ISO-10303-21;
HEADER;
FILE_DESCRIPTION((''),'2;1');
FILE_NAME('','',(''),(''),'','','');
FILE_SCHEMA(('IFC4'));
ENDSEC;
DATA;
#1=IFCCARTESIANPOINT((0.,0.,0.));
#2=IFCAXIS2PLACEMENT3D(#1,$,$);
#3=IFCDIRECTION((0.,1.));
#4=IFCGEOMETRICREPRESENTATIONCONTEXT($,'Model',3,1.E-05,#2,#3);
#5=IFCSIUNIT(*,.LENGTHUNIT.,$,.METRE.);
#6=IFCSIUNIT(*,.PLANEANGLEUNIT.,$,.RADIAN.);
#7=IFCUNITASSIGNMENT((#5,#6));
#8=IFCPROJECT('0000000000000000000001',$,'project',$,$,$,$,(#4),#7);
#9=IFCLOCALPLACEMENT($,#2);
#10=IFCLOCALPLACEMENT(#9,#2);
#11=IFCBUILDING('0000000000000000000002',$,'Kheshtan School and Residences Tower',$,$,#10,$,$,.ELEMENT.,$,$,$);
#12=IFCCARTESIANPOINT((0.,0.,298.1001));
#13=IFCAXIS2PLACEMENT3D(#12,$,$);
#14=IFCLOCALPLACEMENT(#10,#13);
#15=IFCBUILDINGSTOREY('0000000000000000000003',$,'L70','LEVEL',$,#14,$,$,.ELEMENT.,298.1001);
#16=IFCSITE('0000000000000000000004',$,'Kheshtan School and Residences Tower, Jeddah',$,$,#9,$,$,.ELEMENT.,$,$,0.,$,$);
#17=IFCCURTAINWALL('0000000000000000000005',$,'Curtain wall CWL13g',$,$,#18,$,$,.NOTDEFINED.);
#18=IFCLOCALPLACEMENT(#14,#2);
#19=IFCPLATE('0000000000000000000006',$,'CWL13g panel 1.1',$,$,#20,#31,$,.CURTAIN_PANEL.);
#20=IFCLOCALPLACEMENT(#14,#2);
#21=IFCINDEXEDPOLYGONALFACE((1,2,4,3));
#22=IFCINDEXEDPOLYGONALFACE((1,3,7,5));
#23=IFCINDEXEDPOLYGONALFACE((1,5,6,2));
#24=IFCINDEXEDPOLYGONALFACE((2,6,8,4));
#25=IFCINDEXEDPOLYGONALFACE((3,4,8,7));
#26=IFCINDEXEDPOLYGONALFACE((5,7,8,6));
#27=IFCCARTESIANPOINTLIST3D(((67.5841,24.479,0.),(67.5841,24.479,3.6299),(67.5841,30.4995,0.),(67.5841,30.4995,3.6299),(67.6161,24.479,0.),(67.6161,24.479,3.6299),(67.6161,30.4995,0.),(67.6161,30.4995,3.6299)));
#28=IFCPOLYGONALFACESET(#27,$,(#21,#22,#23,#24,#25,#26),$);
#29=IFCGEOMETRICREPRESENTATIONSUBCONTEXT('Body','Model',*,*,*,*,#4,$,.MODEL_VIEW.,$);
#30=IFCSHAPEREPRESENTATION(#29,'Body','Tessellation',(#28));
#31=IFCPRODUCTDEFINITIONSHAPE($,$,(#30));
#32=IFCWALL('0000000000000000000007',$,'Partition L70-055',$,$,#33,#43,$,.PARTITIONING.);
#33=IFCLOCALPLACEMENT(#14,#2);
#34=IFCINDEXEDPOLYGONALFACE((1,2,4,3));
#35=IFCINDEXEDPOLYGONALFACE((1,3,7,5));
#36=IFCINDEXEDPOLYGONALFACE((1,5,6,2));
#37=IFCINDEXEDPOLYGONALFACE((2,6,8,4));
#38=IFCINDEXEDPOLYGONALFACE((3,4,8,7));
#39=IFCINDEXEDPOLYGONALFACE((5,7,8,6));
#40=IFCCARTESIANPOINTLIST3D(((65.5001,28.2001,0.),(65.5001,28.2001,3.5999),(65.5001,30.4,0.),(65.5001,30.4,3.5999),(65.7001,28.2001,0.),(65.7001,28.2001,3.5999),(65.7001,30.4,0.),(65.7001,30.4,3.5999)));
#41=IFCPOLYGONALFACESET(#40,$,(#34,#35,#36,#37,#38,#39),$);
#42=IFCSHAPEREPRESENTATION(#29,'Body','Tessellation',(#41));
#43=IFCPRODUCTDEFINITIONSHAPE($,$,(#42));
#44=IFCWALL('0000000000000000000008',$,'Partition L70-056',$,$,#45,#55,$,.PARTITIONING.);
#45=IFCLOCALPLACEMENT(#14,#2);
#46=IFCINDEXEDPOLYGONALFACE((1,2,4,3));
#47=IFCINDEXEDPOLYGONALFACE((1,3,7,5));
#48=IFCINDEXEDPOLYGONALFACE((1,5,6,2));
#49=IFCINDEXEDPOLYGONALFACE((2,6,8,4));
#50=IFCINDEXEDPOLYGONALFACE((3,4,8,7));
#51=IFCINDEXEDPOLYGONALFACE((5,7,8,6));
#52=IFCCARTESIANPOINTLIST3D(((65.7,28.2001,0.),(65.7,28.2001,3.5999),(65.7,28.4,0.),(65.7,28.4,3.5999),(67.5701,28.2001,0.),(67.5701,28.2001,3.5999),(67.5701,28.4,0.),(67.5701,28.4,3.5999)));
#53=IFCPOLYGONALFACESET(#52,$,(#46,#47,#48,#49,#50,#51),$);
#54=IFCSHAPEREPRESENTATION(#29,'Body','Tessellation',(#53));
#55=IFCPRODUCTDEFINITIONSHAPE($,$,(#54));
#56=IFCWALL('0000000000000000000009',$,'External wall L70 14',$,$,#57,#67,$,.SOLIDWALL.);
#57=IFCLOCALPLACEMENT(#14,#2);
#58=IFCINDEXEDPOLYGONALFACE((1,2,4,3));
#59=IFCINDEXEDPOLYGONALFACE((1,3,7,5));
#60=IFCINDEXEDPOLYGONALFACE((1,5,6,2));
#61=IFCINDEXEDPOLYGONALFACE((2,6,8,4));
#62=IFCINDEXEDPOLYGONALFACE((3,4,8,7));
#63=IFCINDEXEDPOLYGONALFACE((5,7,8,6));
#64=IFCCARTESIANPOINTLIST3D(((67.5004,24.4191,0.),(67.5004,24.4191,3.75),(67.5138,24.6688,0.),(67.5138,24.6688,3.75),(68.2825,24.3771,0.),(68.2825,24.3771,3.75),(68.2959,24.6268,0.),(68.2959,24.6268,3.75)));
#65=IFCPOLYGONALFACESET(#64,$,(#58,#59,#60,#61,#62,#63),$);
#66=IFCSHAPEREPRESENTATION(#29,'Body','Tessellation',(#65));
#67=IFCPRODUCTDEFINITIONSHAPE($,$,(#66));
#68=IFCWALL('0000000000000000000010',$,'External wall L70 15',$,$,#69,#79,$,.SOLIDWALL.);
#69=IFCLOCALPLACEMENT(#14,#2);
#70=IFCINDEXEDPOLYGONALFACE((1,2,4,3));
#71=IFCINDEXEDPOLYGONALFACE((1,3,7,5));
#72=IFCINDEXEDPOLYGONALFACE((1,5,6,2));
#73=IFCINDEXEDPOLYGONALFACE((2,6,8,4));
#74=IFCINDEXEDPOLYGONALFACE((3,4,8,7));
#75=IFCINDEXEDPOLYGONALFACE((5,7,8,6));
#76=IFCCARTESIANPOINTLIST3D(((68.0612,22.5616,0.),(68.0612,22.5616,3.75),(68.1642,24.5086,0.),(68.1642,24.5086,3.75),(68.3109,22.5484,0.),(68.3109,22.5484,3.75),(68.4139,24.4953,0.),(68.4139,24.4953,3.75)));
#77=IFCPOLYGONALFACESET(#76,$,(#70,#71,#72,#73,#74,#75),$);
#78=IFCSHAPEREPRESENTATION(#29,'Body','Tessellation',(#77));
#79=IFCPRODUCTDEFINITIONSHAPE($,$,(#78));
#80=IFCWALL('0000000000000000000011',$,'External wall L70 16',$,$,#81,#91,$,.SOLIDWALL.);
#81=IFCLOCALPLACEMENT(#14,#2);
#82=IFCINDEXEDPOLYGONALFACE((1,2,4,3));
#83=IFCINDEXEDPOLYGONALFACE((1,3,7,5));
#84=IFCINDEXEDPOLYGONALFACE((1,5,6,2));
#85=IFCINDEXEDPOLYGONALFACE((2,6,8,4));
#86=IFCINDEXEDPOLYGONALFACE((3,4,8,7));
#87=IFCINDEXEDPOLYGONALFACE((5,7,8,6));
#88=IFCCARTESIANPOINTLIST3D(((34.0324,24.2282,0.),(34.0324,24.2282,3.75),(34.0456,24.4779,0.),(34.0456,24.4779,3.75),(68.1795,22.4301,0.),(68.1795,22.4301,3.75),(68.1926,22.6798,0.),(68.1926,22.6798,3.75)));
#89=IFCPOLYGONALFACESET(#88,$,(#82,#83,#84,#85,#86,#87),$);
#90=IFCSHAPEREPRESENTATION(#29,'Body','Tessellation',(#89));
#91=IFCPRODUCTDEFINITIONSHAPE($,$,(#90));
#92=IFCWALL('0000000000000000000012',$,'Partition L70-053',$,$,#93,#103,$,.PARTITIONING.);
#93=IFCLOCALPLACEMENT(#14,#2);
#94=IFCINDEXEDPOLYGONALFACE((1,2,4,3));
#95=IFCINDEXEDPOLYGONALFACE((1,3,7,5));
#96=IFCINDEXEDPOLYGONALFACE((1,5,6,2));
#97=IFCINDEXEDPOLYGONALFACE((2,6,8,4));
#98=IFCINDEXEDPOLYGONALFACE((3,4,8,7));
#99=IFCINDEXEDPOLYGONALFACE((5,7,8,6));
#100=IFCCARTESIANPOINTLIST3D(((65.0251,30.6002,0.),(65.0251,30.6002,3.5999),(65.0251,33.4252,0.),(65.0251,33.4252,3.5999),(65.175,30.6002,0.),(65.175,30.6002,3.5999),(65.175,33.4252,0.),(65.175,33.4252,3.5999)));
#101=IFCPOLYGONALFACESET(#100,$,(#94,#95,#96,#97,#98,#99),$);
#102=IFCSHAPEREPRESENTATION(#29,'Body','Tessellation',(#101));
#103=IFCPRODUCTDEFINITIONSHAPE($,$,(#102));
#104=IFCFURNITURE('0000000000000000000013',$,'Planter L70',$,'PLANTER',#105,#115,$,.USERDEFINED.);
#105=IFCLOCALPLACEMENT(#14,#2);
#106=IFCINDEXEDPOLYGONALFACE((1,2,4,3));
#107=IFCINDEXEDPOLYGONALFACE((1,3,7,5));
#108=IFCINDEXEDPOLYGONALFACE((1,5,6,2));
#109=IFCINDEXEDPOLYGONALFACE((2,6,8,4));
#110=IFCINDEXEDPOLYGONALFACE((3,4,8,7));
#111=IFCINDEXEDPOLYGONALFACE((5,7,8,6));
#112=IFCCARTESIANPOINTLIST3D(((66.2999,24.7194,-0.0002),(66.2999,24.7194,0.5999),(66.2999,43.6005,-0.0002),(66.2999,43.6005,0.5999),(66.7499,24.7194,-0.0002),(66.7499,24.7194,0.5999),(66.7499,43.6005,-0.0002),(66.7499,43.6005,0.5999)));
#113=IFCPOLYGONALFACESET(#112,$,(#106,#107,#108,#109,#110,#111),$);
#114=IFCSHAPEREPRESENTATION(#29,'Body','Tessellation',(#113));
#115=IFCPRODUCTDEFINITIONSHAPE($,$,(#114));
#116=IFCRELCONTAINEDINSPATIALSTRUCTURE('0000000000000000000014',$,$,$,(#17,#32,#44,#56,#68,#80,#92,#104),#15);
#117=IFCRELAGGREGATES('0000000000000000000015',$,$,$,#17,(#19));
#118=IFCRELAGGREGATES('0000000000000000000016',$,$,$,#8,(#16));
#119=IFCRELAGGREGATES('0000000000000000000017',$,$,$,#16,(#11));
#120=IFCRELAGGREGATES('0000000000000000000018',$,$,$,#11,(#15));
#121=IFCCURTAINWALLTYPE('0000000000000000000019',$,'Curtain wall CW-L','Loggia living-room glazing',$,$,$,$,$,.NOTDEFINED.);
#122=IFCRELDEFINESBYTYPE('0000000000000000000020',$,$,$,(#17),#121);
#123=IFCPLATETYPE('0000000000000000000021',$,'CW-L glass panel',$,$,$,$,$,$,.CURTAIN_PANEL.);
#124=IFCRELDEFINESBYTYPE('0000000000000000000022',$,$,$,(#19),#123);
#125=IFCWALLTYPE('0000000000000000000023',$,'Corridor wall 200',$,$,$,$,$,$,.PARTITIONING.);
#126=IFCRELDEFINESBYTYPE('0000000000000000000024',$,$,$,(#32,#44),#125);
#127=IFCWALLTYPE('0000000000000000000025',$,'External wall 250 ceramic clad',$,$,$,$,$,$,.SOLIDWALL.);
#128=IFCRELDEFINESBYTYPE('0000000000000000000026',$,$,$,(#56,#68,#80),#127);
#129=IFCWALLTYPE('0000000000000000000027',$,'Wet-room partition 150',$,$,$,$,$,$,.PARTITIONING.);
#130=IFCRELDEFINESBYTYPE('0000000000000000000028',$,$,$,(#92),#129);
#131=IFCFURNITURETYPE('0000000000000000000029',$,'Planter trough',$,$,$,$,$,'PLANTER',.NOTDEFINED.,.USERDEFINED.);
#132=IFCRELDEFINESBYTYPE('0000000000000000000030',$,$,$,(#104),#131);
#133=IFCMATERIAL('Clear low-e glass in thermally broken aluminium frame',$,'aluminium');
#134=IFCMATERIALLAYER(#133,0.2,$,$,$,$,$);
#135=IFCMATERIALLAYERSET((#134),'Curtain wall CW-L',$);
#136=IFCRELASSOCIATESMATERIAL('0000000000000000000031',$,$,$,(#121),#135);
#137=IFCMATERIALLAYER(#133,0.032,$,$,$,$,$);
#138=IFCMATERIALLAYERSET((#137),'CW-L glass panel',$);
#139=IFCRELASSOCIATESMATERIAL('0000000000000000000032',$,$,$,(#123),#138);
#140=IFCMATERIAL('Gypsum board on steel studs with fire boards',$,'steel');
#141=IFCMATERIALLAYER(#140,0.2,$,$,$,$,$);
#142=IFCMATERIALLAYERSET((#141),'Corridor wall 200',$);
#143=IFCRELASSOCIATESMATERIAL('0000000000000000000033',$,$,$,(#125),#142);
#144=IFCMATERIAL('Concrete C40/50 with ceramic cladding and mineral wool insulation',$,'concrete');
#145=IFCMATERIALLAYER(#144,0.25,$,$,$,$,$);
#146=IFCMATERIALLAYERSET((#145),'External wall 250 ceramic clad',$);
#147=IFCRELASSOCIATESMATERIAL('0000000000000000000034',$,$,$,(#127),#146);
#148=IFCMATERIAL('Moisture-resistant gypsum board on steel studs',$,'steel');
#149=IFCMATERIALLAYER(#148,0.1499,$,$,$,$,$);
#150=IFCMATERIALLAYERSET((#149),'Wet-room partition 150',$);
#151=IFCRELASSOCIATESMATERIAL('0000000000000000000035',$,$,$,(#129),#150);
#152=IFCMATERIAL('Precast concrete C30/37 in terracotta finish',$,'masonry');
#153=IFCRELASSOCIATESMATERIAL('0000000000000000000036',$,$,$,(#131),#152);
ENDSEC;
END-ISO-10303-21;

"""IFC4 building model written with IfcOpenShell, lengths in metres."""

from ifc_helpers import new_model, si_unit, direction, frame, frame_2d, origin, origin_2d, place, context, subcontext, project, spatial, rectangle, extrude, material, layer, layer_set, type_object, element, aggregate, save


model = new_model("IFC4")

# Units and contexts
model_context = context("Model", 3, precision=1e-05, world=origin(), true_north=direction((0.0, 1.0)))
body_context = subcontext(model_context, "Body", "Model", "MODEL_VIEW")
ifc_project = project(units=[si_unit("LENGTHUNIT", "METRE"), si_unit("PLANEANGLEUNIT", "RADIAN")], contexts=[model_context])

# Site, building, storey
site_placement = place(None, origin())
site = spatial("IfcSite", under=ifc_project, at=site_placement, Name="Kheshtan School and Residences Tower, Jeddah", CompositionType="ELEMENT", RefElevation=0.0)
building_placement = place(site_placement, origin())
building = spatial("IfcBuilding", under=site, at=building_placement, Name="Kheshtan School and Residences Tower", CompositionType="ELEMENT")
storey_placement = place(building_placement, frame((0.0, 0.0, 298.1001)))
storey = spatial("IfcBuildingStorey", under=building, at=storey_placement, Name="L70", Description="LEVEL", CompositionType="ELEMENT", Elevation=298.1001)

# Shared definitions
ifc_material_1 = material(Name="Clear low-e glass in thermally broken aluminium frame", Category="aluminium")
ifc_layer_1 = layer(ifc_material_1, 0.2)
ifc_layer_set_1 = layer_set([ifc_layer_1], Name="Curtain wall CW-L")
curtain_wall_type = type_object("IfcCurtainWallType", Name="Curtain wall CW-L", Description="Loggia living-room glazing", PredefinedType="NOTDEFINED", material=ifc_layer_set_1)

# Curtain wall
curtain_wall_1_placement = place(storey_placement, origin())
curtain_wall_1 = element("IfcCurtainWall", 1, at=curtain_wall_1_placement, inside=storey, type_object=curtain_wall_type, Name="Curtain wall CWL13g", PredefinedType="NOTDEFINED")

# Plate
ifc_layer_2 = layer(ifc_material_1, 0.032)
ifc_layer_set_2 = layer_set([ifc_layer_2], Name="CW-L glass panel")
plate_type = type_object("IfcPlateType", Name="CW-L glass panel", PredefinedType="CURTAIN_PANEL", material=ifc_layer_set_2)
plate_1_placement = place(storey_placement, frame((67.6001, 27.4893, 0.0), z_axis=(0.0, 0.0, 1.0), x_axis=(0.0, -1.0, 0.0)))
plate_1 = element("IfcPlate", 2, at=plate_1_placement, type_object=plate_type, Name="CWL13g panel 1.1", PredefinedType="CURTAIN_PANEL", context=body_context, shape_type="SweptSolid", body=[
    extrude(rectangle(XDim=6.0205, YDim=0.032, at=origin_2d()), origin(), (0.0, 0.0, 1.0), 3.6299),
])
aggregate(curtain_wall_1, [plate_1])

# Walls
ifc_material_2 = material(Name="Gypsum board on steel studs with fire boards", Category="steel")
ifc_layer_3 = layer(ifc_material_2, 0.2)
ifc_layer_set_3 = layer_set([ifc_layer_3], Name="Corridor wall 200")
wall_type_1 = type_object("IfcWallType", Name="Corridor wall 200", PredefinedType="PARTITIONING", material=ifc_layer_set_3)
wall_1_placement = place(storey_placement, frame((65.6001, 28.2, 0.0), z_axis=(0.0, 0.0, 1.0), x_axis=(0.0, 1.0, 0.0)))
element("IfcWall", 3, at=wall_1_placement, inside=storey, type_object=wall_type_1, Name="Partition L70-055", PredefinedType="PARTITIONING", context=body_context, shape_type="SweptSolid", body=[
    extrude(rectangle(XDim=2.2, YDim=0.2, at=frame_2d((1.1001, 0.0))), origin(), (0.0, 0.0, 1.0), 3.5999),
])
wall_2_placement = place(storey_placement, frame((65.7, 28.3, 0.0), z_axis=(0.0, 0.0, 1.0), x_axis=(1.0, 0.0, 0.0)))
element("IfcWall", 4, at=wall_2_placement, inside=storey, type_object=wall_type_1, Name="Partition L70-056", PredefinedType="PARTITIONING", context=body_context, shape_type="SweptSolid", body=[
    extrude(rectangle(XDim=1.8701, YDim=0.2, at=frame_2d((0.9351, 0.0))), origin(), (0.0, 0.0, 1.0), 3.5999),
])
ifc_material_3 = material(Name="Concrete C40/50 with ceramic cladding and mineral wool insulation", Category="concrete")
ifc_layer_4 = layer(ifc_material_3, 0.25)
ifc_layer_set_4 = layer_set([ifc_layer_4], Name="External wall 250 ceramic clad")
wall_type_2 = type_object("IfcWallType", Name="External wall 250 ceramic clad", PredefinedType="SOLIDWALL", material=ifc_layer_set_4)
wall_3_placement = place(storey_placement, frame((67.5071, 24.5439, 0.0), z_axis=(0.0, 0.0, 1.0), x_axis=(0.998561, -0.053622, 0.0)))
element("IfcWall", 5, at=wall_3_placement, inside=storey, type_object=wall_type_2, Name="External wall L70 14", PredefinedType="SOLIDWALL", context=body_context, shape_type="SweptSolid", body=[
    extrude(rectangle(XDim=0.7832, YDim=0.25, at=frame_2d((0.3916, 0.0))), origin(), (0.0, 0.0, 1.0), 3.75),
])
wall_4_placement = place(storey_placement, frame((68.2891, 24.502, 0.0), z_axis=(0.0, 0.0, 1.0), x_axis=(-0.052841, -0.998603, 0.0)))
element("IfcWall", 6, at=wall_4_placement, inside=storey, type_object=wall_type_2, Name="External wall L70 15", PredefinedType="SOLIDWALL", context=body_context, shape_type="SweptSolid", body=[
    extrude(rectangle(XDim=1.9497, YDim=0.25, at=frame_2d((0.9749, 0.0))), origin(), (0.0, 0.0, 1.0), 3.75),
])
wall_5_placement = place(storey_placement, frame((68.186, 22.5549, 0.0), z_axis=(0.0, 0.0, 1.0), x_axis=(-0.998616, 0.052585, 0.0)))
element("IfcWall", 7, at=wall_5_placement, inside=storey, type_object=wall_type_2, Name="External wall L70 16", PredefinedType="SOLIDWALL", context=body_context, shape_type="SweptSolid", body=[
    extrude(rectangle(XDim=34.1943, YDim=0.25, at=frame_2d((17.0972, 0.0))), origin(), (0.0, 0.0, 1.0), 3.75),
])

# Wall
ifc_material_4 = material(Name="Moisture-resistant gypsum board on steel studs", Category="steel")
ifc_layer_5 = layer(ifc_material_4, 0.1499)
ifc_layer_set_5 = layer_set([ifc_layer_5], Name="Wet-room partition 150")
wall_type_3 = type_object("IfcWallType", Name="Wet-room partition 150", PredefinedType="PARTITIONING", material=ifc_layer_set_5)
wall_6_placement = place(storey_placement, frame((65.1001, 30.6001, 0.0), z_axis=(0.0, 0.0, 1.0), x_axis=(0.0, 1.0, 0.0)))
element("IfcWall", 8, at=wall_6_placement, inside=storey, type_object=wall_type_3, Name="Partition L70-053", PredefinedType="PARTITIONING", context=body_context, shape_type="SweptSolid", body=[
    extrude(rectangle(XDim=2.825, YDim=0.1499, at=frame_2d((1.4126, 0.0))), origin(), (0.0, 0.0, 1.0), 3.5999),
])

# Furniture
ifc_material_5 = material(Name="Precast concrete C30/37 in terracotta finish", Category="masonry")
furniture_type = type_object("IfcFurnitureType", Name="Planter trough", ElementType="PLANTER", AssemblyPlace="NOTDEFINED", PredefinedType="USERDEFINED", material=ifc_material_5)
furniture_placement = place(storey_placement, frame((66.5249, 34.1599, -0.0002), z_axis=(0.0, 0.0, 1.0), x_axis=(0.0, -1.0, 0.0)))
element("IfcFurniture", 9, at=furniture_placement, inside=storey, type_object=furniture_type, Name="Planter L70", ObjectType="PLANTER", PredefinedType="USERDEFINED", context=body_context, shape_type="SweptSolid", body=[
    extrude(rectangle(XDim=18.8811, YDim=0.45, at=origin_2d()), origin(), (0.0, 0.0, 1.0), 0.6001),
])

save(model, "model.ifc")
